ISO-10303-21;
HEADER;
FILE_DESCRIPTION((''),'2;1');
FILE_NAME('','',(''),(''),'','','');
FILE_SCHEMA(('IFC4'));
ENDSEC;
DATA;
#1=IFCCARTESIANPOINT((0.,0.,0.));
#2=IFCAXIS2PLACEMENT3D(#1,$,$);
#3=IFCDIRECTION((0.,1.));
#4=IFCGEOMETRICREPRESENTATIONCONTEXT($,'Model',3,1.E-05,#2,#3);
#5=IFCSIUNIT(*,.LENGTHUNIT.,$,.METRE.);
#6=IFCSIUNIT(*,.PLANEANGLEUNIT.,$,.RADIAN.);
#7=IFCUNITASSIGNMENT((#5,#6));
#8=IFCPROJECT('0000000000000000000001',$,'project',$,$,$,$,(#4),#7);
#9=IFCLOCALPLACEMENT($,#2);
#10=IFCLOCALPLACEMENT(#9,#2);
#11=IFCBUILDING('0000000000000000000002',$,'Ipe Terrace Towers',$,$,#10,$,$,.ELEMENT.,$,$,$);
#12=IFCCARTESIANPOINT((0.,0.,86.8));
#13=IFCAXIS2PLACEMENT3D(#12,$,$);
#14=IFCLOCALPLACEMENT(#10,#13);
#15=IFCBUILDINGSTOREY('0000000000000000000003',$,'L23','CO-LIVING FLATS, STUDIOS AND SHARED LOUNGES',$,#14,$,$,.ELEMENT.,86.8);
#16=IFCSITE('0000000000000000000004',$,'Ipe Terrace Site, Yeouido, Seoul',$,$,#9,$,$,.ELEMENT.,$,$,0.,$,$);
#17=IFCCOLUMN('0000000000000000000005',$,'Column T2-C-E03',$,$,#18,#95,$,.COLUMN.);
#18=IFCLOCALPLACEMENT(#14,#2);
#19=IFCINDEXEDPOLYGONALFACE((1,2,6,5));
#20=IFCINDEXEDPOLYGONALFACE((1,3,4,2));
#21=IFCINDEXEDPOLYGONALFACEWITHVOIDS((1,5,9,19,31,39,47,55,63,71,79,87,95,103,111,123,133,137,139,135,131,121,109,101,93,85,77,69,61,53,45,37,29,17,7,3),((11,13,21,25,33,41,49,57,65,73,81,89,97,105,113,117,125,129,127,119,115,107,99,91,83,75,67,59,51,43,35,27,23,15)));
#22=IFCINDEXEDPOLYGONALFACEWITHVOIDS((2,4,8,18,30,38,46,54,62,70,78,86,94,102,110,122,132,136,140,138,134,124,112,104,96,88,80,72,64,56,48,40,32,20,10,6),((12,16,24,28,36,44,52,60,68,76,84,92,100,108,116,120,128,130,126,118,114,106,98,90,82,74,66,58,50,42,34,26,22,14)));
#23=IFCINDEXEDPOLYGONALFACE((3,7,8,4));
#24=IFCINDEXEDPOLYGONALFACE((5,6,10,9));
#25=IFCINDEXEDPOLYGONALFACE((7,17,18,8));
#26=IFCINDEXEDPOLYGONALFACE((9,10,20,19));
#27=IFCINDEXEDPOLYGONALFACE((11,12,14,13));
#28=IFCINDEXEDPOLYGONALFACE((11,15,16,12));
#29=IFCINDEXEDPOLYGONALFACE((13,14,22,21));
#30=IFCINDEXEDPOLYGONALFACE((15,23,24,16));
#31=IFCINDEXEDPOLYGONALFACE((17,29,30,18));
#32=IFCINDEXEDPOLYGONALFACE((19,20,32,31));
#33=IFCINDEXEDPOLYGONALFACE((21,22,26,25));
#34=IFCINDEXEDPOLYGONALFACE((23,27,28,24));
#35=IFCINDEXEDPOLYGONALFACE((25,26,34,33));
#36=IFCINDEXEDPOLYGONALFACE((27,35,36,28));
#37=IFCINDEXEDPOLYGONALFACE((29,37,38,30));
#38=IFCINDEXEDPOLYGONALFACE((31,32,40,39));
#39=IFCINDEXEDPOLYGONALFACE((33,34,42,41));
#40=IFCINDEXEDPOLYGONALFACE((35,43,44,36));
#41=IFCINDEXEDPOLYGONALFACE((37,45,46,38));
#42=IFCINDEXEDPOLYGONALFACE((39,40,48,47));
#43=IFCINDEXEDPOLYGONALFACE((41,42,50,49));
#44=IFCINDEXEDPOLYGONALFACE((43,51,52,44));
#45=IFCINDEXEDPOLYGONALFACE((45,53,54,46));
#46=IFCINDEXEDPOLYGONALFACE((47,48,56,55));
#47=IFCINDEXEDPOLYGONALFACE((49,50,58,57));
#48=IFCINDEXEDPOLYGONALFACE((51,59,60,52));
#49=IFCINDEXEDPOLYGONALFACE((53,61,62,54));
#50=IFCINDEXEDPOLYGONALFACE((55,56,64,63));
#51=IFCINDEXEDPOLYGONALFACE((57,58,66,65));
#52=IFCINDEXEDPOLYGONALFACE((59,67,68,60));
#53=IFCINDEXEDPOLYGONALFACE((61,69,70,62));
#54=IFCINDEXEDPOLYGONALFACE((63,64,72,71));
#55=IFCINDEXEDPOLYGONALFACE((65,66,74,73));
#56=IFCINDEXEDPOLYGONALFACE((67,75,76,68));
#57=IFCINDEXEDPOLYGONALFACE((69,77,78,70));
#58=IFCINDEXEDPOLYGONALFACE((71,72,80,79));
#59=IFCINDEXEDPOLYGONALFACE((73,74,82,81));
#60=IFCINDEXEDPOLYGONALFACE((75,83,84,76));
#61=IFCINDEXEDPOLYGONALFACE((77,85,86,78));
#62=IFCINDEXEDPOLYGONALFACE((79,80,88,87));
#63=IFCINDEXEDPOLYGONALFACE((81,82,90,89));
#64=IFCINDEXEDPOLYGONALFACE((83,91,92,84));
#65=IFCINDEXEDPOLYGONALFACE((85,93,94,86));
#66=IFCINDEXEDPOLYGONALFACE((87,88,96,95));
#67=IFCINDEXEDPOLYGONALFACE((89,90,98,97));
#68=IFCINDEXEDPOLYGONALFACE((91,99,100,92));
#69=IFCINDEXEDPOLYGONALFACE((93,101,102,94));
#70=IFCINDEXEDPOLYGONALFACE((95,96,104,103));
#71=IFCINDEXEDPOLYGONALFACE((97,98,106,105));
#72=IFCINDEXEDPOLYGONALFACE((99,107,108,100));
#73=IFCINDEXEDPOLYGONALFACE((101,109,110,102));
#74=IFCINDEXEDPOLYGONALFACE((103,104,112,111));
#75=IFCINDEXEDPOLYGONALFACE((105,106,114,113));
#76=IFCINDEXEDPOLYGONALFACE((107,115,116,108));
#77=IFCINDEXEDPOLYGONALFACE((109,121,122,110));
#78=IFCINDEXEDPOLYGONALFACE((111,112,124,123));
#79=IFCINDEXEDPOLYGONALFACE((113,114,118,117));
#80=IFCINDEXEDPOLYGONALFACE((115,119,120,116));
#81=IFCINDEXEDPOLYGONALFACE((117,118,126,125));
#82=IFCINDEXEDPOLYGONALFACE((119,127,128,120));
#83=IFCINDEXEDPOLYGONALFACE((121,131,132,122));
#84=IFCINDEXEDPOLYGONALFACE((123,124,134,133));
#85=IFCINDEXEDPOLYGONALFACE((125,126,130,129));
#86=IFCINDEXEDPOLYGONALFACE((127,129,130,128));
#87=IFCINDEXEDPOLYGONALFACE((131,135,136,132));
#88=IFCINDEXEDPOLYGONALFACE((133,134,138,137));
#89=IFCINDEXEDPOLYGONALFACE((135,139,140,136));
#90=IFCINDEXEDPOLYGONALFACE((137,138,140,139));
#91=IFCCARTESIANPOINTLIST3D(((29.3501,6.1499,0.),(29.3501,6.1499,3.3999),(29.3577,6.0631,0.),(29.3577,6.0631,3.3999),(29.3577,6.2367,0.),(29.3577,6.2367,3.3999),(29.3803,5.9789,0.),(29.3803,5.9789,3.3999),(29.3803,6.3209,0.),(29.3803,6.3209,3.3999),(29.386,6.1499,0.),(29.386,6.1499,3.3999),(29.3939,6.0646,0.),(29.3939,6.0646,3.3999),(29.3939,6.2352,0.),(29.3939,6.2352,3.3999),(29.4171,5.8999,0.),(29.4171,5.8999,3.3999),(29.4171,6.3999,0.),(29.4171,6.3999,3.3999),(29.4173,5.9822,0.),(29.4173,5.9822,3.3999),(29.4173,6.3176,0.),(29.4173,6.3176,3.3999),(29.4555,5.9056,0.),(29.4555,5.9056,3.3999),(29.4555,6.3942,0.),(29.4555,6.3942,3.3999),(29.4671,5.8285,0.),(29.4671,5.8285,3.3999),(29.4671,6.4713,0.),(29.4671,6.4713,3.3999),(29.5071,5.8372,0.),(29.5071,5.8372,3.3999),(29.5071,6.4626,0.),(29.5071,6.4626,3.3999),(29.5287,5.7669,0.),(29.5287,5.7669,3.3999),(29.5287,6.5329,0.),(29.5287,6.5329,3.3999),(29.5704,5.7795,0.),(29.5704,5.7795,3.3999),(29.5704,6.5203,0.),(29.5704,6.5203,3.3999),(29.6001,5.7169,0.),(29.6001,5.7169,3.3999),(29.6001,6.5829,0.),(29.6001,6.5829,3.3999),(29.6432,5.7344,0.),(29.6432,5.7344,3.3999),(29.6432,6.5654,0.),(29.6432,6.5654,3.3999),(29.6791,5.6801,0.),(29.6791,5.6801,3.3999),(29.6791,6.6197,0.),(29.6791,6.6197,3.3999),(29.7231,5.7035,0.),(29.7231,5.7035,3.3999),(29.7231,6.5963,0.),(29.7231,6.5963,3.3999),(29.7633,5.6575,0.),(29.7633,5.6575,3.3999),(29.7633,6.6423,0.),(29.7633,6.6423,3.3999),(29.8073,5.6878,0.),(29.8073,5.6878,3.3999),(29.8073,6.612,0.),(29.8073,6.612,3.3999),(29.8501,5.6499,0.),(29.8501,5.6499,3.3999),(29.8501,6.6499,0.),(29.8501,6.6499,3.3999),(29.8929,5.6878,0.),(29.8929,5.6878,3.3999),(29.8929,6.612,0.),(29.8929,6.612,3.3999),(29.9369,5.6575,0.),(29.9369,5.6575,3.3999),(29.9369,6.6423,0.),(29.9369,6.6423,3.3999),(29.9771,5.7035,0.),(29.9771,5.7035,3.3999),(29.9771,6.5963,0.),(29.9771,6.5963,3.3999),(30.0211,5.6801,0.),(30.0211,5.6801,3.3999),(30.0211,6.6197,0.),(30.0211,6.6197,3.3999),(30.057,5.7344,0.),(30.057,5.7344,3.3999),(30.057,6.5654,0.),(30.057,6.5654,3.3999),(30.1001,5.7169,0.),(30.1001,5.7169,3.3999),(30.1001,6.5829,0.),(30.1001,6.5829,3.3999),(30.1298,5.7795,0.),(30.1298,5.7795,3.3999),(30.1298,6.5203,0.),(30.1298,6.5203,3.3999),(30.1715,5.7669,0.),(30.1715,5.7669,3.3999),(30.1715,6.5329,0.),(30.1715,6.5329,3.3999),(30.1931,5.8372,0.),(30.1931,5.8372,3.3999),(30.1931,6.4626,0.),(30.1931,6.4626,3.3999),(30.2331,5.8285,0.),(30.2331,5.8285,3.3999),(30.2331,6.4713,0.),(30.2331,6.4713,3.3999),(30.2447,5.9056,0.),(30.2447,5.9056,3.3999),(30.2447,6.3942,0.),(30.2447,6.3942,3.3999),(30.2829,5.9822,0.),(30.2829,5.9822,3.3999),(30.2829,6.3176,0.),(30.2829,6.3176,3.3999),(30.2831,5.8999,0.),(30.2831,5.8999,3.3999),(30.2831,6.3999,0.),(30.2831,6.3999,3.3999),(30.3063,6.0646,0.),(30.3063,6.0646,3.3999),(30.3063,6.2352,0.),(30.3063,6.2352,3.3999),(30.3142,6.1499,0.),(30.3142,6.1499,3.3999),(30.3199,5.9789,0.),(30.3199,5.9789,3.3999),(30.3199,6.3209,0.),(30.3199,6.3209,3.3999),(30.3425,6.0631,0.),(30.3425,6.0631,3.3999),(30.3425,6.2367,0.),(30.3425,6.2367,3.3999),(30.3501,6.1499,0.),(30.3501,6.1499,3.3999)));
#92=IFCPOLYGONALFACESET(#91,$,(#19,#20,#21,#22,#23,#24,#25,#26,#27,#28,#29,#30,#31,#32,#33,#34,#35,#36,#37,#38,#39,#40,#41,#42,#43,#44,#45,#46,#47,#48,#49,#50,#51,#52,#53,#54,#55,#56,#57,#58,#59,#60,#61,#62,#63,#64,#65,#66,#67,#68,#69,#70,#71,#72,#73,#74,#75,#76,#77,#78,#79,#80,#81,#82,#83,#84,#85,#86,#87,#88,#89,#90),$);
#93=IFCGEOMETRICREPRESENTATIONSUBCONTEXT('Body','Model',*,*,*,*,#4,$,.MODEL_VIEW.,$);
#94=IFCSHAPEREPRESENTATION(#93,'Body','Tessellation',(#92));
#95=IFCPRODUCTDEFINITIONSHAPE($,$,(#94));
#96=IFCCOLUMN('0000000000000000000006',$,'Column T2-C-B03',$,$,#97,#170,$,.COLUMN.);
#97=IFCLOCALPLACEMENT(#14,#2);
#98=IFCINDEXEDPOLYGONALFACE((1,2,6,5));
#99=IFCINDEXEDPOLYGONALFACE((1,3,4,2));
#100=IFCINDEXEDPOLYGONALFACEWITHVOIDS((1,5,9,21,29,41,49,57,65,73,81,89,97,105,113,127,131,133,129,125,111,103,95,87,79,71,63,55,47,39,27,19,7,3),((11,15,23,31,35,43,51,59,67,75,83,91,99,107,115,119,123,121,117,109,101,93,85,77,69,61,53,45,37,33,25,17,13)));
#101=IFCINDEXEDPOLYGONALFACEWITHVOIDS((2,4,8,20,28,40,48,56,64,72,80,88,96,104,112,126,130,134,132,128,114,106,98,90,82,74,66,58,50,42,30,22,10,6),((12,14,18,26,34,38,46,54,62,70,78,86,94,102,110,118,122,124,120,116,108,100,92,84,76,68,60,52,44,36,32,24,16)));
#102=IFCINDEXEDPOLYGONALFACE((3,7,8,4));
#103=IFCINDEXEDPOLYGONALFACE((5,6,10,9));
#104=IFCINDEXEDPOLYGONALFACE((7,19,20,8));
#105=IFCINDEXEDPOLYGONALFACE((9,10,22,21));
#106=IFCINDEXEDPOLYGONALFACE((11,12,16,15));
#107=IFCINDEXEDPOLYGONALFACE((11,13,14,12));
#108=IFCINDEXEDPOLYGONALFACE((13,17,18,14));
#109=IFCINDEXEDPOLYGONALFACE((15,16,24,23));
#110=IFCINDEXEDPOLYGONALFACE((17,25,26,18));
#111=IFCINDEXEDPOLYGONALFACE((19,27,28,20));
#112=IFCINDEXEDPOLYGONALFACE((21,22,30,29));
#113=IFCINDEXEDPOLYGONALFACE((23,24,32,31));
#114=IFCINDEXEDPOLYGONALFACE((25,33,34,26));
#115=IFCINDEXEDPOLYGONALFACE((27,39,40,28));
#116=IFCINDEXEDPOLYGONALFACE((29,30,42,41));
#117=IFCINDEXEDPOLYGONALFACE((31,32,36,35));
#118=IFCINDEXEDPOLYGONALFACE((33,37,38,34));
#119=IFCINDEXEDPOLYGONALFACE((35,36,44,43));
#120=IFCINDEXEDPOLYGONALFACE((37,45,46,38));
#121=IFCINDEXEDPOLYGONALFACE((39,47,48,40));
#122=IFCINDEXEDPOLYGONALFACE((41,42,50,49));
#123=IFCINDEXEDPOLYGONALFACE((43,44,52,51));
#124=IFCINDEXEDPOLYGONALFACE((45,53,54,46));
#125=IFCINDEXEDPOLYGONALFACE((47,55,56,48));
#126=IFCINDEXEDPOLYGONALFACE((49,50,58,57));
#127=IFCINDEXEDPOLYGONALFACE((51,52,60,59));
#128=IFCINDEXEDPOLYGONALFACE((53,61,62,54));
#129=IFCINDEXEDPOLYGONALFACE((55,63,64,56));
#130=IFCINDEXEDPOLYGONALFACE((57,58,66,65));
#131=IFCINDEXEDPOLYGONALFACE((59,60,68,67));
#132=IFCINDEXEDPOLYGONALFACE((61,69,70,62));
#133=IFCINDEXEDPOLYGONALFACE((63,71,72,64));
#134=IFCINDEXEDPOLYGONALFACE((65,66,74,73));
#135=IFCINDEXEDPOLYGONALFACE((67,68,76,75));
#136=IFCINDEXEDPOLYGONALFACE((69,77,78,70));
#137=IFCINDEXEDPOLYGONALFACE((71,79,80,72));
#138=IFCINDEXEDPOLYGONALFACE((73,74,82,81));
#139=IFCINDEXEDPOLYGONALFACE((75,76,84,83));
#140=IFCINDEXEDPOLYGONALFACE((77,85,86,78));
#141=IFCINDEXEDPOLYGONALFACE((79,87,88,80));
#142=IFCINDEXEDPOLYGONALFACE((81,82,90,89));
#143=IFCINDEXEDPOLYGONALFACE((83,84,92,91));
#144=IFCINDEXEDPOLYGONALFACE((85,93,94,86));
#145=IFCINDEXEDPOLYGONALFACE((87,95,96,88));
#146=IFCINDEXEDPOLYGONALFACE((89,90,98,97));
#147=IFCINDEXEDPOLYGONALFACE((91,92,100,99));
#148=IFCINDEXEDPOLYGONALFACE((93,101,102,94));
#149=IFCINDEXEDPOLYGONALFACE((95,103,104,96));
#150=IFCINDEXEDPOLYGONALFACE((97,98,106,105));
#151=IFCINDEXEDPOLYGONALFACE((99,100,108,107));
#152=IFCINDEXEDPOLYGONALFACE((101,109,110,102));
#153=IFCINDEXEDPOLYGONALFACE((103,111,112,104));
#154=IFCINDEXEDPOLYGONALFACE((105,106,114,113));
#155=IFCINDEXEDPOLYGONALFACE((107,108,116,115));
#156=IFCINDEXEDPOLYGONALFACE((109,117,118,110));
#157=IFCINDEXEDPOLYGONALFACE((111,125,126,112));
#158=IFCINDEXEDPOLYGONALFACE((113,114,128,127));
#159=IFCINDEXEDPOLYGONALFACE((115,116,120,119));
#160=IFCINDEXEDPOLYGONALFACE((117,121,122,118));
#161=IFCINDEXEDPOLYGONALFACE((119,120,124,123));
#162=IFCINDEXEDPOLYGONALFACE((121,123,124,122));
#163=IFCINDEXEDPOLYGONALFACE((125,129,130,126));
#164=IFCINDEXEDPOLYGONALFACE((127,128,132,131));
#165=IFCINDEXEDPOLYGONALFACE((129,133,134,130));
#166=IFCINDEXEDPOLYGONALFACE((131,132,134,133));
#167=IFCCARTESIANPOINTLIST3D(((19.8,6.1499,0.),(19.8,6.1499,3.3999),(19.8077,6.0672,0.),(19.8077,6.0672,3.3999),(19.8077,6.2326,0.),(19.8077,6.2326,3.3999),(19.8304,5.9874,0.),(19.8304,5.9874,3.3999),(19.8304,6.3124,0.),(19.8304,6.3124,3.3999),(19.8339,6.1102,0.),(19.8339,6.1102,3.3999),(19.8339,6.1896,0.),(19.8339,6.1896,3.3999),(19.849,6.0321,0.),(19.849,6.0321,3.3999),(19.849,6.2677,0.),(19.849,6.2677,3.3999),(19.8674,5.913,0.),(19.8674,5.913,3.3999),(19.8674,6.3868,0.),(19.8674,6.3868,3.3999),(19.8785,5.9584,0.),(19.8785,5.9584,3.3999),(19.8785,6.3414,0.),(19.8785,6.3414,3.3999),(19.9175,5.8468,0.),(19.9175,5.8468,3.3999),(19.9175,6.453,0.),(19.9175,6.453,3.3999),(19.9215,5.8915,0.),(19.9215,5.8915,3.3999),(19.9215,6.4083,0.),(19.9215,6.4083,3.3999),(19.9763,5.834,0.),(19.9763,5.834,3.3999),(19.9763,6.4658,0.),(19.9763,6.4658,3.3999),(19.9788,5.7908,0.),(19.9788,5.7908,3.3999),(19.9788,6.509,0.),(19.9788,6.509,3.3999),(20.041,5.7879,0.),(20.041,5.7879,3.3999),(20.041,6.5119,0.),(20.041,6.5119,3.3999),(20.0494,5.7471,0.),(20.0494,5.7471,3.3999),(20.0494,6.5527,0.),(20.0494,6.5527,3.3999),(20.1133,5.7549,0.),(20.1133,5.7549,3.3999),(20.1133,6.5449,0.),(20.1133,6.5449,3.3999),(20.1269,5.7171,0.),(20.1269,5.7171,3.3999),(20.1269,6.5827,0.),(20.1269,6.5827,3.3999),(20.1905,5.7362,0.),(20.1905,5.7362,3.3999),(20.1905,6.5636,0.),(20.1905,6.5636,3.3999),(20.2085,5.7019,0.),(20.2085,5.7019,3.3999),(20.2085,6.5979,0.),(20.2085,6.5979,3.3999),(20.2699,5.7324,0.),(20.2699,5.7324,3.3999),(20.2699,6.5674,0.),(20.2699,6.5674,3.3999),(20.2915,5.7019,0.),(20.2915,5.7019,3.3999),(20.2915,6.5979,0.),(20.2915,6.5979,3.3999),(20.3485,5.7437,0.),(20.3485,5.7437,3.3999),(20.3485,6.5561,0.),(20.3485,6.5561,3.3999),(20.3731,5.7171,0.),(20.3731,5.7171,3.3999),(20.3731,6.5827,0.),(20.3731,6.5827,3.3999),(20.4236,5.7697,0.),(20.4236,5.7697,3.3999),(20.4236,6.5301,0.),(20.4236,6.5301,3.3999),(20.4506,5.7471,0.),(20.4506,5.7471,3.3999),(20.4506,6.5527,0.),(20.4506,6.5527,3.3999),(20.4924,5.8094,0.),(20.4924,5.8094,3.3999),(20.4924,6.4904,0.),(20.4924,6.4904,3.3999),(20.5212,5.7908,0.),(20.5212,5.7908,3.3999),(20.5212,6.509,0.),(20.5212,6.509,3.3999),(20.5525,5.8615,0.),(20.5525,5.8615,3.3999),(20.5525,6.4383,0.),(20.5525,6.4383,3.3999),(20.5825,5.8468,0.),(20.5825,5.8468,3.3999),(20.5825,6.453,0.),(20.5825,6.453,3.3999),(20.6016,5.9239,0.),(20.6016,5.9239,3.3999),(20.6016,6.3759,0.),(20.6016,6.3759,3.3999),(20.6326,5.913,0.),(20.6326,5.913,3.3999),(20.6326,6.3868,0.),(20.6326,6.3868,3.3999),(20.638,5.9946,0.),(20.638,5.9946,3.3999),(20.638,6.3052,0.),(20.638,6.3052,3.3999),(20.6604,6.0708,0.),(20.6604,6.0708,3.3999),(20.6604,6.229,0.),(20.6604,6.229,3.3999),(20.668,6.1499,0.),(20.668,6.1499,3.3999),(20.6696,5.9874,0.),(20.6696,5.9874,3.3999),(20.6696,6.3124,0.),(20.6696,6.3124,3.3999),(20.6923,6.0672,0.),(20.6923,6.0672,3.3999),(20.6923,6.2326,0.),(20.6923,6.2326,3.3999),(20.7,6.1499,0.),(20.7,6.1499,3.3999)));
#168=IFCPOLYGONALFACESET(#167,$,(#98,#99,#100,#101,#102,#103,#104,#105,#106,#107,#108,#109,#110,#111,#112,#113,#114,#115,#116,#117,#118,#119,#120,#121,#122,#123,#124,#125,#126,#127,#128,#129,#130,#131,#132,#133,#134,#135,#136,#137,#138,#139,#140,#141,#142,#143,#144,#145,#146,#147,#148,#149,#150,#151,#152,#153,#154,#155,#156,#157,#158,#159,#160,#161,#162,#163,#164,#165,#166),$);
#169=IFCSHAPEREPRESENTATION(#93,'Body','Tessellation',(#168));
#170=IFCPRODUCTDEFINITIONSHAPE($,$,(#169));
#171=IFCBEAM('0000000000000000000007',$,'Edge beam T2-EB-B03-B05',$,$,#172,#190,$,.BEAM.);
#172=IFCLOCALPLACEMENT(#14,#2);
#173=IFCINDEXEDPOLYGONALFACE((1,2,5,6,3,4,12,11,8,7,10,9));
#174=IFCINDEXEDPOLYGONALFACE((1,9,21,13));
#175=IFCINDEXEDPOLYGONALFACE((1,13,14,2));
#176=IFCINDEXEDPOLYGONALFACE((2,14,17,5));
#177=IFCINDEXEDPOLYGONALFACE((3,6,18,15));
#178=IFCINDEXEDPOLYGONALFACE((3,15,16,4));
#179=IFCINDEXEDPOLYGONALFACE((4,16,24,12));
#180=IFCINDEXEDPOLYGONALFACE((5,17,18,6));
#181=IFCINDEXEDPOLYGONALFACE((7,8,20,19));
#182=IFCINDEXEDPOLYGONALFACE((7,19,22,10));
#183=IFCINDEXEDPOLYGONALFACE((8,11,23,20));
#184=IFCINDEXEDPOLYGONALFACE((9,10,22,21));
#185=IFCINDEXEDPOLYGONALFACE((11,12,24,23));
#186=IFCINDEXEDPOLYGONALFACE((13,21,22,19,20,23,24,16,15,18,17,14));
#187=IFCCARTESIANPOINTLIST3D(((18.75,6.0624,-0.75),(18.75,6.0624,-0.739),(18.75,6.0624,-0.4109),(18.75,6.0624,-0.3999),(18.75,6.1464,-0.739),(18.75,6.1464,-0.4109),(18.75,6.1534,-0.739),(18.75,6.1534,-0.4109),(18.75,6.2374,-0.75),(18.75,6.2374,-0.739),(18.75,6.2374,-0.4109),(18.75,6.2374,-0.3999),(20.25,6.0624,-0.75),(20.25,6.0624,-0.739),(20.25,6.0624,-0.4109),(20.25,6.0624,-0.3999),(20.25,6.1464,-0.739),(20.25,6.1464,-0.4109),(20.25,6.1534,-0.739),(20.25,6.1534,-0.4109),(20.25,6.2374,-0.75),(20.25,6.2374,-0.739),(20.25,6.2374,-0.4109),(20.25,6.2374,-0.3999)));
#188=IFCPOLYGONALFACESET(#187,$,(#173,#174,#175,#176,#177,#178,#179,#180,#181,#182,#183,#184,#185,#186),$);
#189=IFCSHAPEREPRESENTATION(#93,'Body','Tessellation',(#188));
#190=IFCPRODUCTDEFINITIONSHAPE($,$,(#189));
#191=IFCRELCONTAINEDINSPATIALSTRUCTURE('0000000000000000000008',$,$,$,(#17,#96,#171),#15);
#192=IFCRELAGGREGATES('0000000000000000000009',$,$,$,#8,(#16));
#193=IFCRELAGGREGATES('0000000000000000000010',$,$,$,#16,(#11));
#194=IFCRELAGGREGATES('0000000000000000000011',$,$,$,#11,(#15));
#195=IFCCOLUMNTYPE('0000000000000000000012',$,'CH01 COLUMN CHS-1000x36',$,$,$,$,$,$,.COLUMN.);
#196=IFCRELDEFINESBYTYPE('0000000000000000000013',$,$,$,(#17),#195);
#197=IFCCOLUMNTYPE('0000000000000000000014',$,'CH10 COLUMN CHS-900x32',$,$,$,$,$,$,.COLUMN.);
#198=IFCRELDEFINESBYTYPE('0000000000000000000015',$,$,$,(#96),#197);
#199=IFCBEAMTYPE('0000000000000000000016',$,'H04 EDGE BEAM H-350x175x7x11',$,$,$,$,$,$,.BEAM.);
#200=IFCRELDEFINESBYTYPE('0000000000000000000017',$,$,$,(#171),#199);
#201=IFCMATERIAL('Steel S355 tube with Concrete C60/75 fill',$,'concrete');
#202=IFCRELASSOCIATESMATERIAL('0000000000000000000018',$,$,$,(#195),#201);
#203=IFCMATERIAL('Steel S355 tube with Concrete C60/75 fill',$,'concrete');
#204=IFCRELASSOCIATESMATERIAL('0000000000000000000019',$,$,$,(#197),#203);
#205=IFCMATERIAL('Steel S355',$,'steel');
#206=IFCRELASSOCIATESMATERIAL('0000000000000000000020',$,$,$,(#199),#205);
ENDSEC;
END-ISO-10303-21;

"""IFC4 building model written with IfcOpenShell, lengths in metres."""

from ifc_helpers import new_model, si_unit, direction, frame, origin, origin_2d, place, context, subcontext, project, spatial, hollow_circle, i_section, extrude, material, material_profile, profile_set, type_object, element, save


model = new_model("IFC4")

# Units and contexts
model_context = context("Model", 3, precision=1e-05, world=origin(), true_north=direction((0.0, 1.0)))
body_context = subcontext(model_context, "Body", "Model", "MODEL_VIEW")
ifc_project = project(units=[si_unit("LENGTHUNIT", "METRE"), si_unit("PLANEANGLEUNIT", "RADIAN")], contexts=[model_context])

# Site, building, storey
site_placement = place(None, origin())
site = spatial("IfcSite", under=ifc_project, at=site_placement, Name="Ipe Terrace Site, Yeouido, Seoul", CompositionType="ELEMENT", RefElevation=0.0)
building_placement = place(site_placement, origin())
building = spatial("IfcBuilding", under=site, at=building_placement, Name="Ipe Terrace Towers", CompositionType="ELEMENT")
storey_placement = place(building_placement, frame((0.0, 0.0, 86.8)))
storey = spatial("IfcBuildingStorey", under=building, at=storey_placement, Name="L23", Description="CO-LIVING FLATS, STUDIOS AND SHARED LOUNGES", CompositionType="ELEMENT", Elevation=86.8)

# Columns
ifc_material_1 = material(Name="Steel S355 tube with Concrete C60/75 fill", Category="concrete")
ifc_material_profile_1 = material_profile(ifc_material_1, hollow_circle(Radius=0.5, WallThickness=0.0359, at=origin_2d()), Name="CHS-1000x36")
ifc_profile_set_1 = profile_set([ifc_material_profile_1], Name="Steel S355 tube with Concrete C60/75 fill")
column_type_1 = type_object("IfcColumnType", Name="CH01 COLUMN CHS-1000x36", PredefinedType="COLUMN", material=ifc_profile_set_1)
column_1_placement = place(storey_placement, frame((29.8501, 6.1499, 0.0), z_axis=(0.0, 0.0, 1.0), x_axis=(1.0, 0.0, 0.0)))
element("IfcColumn", 1, at=column_1_placement, inside=storey, type_object=column_type_1, Name="Column T2-C-E03", PredefinedType="COLUMN", context=body_context, shape_type="SweptSolid", body=[
    extrude(hollow_circle(Radius=0.5, WallThickness=0.0359, at=origin_2d()), origin(), (0.0, 0.0, 1.0), 3.3999),
])
ifc_material_2 = material(Name="Steel S355 tube with Concrete C60/75 fill", Category="concrete")
ifc_material_profile_2 = material_profile(ifc_material_2, hollow_circle(Radius=0.45, WallThickness=0.032, at=origin_2d()), Name="CHS-900x32")
ifc_profile_set_2 = profile_set([ifc_material_profile_2], Name="Steel S355 tube with Concrete C60/75 fill")
column_type_2 = type_object("IfcColumnType", Name="CH10 COLUMN CHS-900x32", PredefinedType="COLUMN", material=ifc_profile_set_2)
column_2_placement = place(storey_placement, frame((20.25, 6.1499, 0.0), z_axis=(0.0, 0.0, 1.0), x_axis=(1.0, 0.0, 0.0)))
element("IfcColumn", 2, at=column_2_placement, inside=storey, type_object=column_type_2, Name="Column T2-C-B03", PredefinedType="COLUMN", context=body_context, shape_type="SweptSolid", body=[
    extrude(hollow_circle(Radius=0.45, WallThickness=0.032, at=origin_2d()), origin(), (0.0, 0.0, 1.0), 3.3999),
])

# Beam
ifc_material_3 = material(Name="Steel S355", Category="steel")
ifc_material_profile_3 = material_profile(ifc_material_3, i_section(OverallWidth=0.175, OverallDepth=0.3501, WebThickness=0.0071, FlangeThickness=0.011, at=origin_2d()), Name="H-350x175x7x11")
ifc_profile_set_3 = profile_set([ifc_material_profile_3], Name="Steel S355")
beam_type = type_object("IfcBeamType", Name="H04 EDGE BEAM H-350x175x7x11", PredefinedType="BEAM", material=ifc_profile_set_3)
beam_placement = place(storey_placement, frame((20.25, 6.1499, -0.575), z_axis=(-1.0, 0.0, 0.0), x_axis=(0.0, -1.0, 0.0)))
element("IfcBeam", 3, at=beam_placement, inside=storey, type_object=beam_type, Name="Edge beam T2-EB-B03-B05", PredefinedType="BEAM", context=body_context, shape_type="SweptSolid", body=[
    extrude(i_section(OverallWidth=0.175, OverallDepth=0.3501, WebThickness=0.0071, FlangeThickness=0.011, at=origin_2d()), origin(), (0.0, 0.0, 1.0), 1.5),
])

save(model, "model.ifc")
